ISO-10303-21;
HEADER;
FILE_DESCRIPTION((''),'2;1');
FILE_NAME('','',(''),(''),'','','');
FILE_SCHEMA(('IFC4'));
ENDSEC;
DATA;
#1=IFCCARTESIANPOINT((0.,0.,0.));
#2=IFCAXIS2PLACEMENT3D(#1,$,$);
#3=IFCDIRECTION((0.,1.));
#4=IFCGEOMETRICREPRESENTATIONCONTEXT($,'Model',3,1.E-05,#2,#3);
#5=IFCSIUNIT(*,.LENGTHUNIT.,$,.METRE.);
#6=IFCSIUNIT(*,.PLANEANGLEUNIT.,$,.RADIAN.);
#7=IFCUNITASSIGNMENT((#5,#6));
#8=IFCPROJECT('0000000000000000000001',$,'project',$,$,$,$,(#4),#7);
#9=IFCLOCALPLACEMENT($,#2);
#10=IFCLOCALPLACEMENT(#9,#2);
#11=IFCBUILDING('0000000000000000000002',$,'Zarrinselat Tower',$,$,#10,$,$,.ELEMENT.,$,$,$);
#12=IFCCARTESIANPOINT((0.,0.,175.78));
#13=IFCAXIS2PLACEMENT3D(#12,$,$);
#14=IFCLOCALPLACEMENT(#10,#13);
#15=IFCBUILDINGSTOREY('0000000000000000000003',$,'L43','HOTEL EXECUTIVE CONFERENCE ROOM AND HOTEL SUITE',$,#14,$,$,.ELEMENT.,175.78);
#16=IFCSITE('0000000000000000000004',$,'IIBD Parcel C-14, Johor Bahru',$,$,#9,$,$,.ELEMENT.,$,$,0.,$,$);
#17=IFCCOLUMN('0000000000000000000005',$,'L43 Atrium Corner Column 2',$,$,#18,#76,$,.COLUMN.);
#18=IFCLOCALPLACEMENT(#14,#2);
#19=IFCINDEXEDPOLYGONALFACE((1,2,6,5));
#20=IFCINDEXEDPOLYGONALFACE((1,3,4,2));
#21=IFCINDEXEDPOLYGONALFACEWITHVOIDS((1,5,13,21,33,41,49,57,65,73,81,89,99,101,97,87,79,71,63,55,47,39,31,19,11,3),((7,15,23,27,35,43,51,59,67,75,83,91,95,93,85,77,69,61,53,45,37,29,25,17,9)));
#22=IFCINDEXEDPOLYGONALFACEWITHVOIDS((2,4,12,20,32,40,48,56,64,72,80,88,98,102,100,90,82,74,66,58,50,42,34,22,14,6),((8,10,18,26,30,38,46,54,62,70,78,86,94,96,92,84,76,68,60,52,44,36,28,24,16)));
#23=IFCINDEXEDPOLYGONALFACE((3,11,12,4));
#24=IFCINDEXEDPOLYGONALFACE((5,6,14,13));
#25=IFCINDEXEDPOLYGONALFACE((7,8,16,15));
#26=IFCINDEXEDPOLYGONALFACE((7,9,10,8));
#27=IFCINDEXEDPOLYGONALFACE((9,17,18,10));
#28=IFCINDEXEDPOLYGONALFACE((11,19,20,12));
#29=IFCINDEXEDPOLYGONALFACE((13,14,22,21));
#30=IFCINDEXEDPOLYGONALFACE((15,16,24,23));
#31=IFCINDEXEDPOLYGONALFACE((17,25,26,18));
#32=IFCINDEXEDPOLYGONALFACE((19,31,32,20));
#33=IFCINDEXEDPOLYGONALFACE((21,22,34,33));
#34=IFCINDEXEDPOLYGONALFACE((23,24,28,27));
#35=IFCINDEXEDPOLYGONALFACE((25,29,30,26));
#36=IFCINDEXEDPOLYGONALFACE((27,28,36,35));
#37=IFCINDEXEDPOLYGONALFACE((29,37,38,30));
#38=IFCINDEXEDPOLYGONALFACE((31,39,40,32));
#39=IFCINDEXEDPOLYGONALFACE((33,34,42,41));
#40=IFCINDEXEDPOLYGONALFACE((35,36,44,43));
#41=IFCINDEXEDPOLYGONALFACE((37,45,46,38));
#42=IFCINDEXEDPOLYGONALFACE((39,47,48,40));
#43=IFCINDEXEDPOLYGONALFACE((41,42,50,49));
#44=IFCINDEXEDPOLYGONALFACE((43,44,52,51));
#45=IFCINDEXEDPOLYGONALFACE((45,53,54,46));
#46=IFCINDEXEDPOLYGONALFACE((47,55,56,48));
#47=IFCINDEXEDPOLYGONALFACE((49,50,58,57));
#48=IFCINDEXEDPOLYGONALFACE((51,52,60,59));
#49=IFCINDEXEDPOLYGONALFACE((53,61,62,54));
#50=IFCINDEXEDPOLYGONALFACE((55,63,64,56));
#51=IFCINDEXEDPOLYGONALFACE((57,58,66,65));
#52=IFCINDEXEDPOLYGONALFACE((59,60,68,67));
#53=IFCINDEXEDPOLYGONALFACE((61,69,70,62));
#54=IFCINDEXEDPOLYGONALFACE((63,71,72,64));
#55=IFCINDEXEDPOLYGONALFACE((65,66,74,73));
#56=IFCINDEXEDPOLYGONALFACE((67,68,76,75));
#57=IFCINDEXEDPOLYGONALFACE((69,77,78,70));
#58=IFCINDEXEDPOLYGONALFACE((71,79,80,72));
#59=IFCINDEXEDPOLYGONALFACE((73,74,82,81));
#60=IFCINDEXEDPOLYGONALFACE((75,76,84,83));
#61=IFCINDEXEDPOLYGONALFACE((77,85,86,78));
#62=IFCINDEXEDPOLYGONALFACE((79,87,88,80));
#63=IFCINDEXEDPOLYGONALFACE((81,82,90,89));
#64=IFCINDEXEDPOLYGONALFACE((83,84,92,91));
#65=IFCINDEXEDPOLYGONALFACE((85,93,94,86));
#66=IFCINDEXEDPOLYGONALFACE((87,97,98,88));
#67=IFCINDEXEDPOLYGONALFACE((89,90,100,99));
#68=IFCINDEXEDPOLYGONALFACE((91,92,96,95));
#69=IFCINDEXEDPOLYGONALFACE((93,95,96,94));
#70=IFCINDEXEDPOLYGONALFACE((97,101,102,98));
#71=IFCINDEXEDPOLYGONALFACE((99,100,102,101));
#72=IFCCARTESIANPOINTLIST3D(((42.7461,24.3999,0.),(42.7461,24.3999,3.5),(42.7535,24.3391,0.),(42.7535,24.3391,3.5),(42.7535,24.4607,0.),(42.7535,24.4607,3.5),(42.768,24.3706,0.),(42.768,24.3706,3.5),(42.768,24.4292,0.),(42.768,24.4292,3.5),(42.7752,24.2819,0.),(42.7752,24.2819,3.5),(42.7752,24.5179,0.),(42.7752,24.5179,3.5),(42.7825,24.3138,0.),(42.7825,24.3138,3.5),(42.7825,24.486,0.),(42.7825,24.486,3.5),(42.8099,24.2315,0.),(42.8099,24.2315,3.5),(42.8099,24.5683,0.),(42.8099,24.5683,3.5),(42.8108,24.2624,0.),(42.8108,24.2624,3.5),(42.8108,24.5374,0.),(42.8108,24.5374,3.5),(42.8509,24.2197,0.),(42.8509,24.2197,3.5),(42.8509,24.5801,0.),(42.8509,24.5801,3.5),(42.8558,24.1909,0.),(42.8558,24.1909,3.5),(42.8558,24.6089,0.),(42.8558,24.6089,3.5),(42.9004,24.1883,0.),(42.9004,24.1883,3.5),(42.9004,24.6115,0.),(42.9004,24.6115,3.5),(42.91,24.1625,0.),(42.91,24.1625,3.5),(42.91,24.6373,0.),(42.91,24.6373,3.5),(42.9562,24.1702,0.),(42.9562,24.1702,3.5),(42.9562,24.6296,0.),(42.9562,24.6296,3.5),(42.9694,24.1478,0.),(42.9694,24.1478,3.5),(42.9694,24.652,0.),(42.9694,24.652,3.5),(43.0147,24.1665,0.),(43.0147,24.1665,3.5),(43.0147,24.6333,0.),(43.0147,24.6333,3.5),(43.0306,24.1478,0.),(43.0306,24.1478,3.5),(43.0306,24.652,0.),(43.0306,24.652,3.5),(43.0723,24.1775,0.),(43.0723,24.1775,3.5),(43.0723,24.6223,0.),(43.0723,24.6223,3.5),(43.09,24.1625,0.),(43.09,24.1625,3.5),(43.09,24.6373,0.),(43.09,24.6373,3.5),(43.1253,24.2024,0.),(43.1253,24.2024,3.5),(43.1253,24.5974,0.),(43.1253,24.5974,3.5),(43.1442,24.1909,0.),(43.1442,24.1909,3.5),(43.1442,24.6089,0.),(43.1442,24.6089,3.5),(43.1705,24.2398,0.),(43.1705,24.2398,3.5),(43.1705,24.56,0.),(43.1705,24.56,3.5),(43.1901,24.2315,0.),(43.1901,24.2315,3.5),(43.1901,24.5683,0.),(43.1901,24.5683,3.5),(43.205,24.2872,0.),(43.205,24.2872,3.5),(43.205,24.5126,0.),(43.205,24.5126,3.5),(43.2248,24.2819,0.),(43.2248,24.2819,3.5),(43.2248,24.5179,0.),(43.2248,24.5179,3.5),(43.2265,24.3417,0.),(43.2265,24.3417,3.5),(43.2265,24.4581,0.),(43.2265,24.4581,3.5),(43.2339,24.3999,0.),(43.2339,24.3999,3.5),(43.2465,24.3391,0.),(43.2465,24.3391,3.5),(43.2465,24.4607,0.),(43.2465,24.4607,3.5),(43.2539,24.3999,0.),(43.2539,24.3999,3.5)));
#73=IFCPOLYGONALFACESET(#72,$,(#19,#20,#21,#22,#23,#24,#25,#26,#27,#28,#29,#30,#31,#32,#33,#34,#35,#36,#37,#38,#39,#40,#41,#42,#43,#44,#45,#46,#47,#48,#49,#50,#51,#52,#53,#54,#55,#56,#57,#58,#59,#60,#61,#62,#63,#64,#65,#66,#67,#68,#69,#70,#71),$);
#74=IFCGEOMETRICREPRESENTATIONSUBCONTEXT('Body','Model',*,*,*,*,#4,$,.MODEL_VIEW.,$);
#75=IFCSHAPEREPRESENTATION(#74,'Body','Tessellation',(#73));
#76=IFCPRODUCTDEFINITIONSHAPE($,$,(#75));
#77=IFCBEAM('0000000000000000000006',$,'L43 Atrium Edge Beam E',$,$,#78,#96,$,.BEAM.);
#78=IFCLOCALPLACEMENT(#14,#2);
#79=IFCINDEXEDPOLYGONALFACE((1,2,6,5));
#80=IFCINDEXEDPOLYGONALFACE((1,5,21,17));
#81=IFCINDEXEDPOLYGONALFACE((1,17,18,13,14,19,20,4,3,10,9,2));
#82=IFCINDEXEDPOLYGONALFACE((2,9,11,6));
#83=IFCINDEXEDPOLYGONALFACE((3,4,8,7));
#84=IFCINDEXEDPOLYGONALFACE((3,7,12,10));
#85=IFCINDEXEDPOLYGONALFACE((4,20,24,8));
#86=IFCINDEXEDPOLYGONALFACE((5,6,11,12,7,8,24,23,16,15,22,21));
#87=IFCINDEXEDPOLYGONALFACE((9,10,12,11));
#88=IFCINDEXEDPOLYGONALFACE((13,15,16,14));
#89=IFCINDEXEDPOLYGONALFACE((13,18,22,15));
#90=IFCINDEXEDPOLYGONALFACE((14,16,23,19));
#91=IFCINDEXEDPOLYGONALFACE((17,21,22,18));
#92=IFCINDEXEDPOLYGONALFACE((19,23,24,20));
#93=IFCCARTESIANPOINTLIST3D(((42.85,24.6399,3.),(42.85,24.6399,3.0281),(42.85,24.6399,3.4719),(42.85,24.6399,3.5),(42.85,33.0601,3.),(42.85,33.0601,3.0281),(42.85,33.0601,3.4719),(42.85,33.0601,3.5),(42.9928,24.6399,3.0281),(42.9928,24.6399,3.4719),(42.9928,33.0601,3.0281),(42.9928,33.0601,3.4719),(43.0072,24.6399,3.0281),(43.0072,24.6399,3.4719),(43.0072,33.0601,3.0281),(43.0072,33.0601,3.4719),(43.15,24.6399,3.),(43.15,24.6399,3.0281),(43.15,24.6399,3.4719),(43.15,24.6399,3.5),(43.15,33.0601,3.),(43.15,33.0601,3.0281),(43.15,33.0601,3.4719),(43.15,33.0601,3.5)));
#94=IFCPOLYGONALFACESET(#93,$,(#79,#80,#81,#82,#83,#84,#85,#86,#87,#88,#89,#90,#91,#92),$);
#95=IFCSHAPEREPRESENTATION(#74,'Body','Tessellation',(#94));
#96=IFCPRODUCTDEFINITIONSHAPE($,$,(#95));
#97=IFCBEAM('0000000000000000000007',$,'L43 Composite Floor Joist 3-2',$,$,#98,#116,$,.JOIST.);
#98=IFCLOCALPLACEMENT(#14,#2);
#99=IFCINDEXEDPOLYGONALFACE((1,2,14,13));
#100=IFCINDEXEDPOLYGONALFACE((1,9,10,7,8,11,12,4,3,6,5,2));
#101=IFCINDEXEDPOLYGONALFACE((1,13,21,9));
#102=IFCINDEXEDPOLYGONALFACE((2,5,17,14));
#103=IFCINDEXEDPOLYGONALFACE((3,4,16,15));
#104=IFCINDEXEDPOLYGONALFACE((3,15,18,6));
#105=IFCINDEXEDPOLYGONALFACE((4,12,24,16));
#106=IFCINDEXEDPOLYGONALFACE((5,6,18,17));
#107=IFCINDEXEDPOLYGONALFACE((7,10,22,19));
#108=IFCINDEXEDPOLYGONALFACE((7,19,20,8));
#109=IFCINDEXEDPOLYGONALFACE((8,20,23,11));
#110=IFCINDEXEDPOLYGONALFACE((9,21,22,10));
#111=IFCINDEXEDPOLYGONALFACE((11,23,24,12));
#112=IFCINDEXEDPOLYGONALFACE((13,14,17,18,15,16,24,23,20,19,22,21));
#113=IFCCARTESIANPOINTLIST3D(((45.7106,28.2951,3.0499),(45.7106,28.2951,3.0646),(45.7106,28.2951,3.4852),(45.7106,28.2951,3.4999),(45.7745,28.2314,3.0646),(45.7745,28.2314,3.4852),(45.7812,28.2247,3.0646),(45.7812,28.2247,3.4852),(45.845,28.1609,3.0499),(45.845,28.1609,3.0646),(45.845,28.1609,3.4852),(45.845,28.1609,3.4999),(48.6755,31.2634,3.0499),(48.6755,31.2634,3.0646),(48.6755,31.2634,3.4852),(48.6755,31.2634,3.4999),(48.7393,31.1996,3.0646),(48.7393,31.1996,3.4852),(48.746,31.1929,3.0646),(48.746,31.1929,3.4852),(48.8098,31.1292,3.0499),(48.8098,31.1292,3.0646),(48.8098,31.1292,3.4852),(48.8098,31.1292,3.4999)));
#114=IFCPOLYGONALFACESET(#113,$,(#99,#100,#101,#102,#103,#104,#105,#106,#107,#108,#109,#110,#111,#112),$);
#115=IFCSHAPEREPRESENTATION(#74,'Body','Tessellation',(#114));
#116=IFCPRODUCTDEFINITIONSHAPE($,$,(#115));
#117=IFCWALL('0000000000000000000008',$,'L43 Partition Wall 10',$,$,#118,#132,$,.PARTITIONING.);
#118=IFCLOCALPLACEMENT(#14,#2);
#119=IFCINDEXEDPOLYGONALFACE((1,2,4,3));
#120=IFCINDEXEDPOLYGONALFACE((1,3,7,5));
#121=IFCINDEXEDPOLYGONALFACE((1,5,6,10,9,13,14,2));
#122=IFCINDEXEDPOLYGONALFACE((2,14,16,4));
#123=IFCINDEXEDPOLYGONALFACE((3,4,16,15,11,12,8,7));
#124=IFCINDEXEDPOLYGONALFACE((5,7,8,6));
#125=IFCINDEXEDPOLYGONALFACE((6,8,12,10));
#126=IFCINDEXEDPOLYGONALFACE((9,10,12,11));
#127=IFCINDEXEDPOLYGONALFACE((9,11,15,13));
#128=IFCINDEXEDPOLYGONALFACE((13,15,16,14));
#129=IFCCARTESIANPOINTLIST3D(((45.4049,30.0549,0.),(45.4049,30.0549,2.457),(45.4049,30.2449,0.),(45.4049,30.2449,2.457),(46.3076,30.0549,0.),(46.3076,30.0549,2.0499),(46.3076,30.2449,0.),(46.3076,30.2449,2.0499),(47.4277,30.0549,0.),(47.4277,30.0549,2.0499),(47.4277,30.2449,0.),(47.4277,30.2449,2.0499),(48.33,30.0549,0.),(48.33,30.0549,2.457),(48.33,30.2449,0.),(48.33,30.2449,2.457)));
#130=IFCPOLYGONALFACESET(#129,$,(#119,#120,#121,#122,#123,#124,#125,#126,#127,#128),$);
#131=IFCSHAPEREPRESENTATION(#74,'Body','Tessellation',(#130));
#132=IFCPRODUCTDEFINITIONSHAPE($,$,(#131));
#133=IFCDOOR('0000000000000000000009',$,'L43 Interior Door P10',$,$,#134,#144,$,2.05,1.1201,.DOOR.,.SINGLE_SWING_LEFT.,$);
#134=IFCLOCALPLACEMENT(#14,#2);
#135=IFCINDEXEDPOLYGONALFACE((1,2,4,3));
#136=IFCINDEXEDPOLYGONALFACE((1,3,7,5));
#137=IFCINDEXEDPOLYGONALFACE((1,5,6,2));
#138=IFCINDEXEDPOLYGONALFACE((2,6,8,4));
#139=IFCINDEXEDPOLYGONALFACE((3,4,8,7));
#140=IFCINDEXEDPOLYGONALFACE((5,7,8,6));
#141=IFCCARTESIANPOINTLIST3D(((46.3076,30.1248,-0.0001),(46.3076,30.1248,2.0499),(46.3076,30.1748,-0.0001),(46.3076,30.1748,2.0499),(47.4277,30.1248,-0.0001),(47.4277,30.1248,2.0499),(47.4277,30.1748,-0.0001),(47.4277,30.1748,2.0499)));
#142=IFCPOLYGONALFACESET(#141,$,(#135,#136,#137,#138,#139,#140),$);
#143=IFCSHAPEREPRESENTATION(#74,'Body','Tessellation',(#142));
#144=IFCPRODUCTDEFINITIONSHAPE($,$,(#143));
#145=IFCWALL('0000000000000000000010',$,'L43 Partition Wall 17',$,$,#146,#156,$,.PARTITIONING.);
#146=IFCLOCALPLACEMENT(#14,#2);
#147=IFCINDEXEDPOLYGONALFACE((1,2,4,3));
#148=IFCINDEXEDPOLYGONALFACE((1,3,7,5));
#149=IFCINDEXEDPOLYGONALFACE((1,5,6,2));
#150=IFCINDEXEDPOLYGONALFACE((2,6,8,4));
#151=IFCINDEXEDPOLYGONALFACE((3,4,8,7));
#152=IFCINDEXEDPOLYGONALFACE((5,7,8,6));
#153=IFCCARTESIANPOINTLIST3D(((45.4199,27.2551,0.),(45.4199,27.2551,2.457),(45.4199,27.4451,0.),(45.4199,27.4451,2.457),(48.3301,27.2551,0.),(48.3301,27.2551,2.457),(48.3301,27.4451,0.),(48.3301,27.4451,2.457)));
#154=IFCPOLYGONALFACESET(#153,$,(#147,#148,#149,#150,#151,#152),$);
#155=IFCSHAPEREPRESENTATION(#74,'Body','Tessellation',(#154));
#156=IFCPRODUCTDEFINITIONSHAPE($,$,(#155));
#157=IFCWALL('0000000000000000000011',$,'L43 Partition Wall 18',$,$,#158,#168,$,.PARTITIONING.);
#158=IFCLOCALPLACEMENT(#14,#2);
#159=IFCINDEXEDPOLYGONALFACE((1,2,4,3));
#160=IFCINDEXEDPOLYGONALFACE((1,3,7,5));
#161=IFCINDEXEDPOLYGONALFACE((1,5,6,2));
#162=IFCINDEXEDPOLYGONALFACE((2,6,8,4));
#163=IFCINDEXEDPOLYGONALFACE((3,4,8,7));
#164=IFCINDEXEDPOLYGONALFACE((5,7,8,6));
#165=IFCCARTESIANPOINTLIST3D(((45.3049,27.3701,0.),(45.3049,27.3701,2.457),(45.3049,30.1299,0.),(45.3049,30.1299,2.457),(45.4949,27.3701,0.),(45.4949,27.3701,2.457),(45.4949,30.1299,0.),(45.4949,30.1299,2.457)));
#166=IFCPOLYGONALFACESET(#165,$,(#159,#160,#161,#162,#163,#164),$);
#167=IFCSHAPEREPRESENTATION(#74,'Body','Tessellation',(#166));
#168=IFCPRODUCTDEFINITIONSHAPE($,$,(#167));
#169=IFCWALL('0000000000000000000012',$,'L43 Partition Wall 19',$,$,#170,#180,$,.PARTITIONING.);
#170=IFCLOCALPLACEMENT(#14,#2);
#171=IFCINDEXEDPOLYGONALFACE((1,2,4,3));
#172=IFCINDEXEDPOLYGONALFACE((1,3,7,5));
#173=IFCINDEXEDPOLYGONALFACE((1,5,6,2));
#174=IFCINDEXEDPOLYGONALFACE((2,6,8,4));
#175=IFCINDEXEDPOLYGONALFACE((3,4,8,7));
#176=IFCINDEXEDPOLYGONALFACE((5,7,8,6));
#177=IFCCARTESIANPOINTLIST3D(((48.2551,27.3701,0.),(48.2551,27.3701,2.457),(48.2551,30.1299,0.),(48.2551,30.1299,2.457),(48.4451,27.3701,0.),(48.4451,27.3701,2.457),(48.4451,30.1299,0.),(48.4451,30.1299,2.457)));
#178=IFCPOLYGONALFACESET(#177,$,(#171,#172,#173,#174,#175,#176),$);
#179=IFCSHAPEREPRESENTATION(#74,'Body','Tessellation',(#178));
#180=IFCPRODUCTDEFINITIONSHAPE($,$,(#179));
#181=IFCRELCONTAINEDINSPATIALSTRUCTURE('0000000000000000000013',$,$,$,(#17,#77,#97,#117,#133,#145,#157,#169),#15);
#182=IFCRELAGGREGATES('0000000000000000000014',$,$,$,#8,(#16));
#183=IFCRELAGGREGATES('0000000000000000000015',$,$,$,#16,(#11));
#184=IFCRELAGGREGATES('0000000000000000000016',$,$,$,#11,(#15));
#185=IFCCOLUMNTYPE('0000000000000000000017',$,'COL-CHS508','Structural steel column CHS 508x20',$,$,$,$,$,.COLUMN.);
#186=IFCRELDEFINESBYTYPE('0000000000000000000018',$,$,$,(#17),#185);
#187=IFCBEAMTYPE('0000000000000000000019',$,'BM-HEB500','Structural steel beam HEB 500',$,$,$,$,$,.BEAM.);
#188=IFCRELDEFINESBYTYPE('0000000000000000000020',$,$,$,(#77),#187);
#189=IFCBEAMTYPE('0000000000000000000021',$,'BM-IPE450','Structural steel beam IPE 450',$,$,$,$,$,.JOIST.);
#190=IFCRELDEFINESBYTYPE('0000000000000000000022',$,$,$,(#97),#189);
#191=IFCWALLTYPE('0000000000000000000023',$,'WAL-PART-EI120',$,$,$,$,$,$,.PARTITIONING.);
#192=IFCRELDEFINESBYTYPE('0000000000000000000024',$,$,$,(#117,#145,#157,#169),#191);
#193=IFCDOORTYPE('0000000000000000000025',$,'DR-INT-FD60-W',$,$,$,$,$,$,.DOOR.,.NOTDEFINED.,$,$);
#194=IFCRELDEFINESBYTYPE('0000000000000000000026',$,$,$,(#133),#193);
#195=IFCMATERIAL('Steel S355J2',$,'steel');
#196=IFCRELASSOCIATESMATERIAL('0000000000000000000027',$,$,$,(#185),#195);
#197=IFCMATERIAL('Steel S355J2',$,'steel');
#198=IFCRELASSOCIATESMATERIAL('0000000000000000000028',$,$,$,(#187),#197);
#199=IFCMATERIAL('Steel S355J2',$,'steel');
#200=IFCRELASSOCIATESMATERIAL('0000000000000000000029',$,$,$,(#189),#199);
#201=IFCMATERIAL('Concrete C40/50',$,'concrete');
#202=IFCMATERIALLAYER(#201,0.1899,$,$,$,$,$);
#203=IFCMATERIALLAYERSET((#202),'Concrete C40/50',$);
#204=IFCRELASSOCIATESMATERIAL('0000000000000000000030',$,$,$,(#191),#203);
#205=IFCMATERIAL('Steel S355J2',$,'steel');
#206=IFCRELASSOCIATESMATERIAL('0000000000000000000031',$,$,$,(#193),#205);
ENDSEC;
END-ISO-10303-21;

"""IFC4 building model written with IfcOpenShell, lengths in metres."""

from ifc_helpers import new_model, si_unit, direction, frame, frame_2d, origin, origin_2d, place, context, subcontext, project, spatial, rectangle, hollow_circle, i_section, extrude, material, layer, layer_set, material_profile, profile_set, type_object, element, fill, save


model = new_model("IFC4")

# Units and contexts
model_context = context("Model", 3, precision=1e-05, world=origin(), true_north=direction((0.0, 1.0)))
body_context = subcontext(model_context, "Body", "Model", "MODEL_VIEW")
ifc_project = project(units=[si_unit("LENGTHUNIT", "METRE"), si_unit("PLANEANGLEUNIT", "RADIAN")], contexts=[model_context])

# Site, building, storey
site_placement = place(None, origin())
site = spatial("IfcSite", under=ifc_project, at=site_placement, Name="IIBD Parcel C-14, Johor Bahru", CompositionType="ELEMENT", RefElevation=0.0)
building_placement = place(site_placement, origin())
building = spatial("IfcBuilding", under=site, at=building_placement, Name="Zarrinselat Tower", CompositionType="ELEMENT")
storey_placement = place(building_placement, frame((0.0, 0.0, 175.78)))
storey = spatial("IfcBuildingStorey", under=building, at=storey_placement, Name="L43", Description="HOTEL EXECUTIVE CONFERENCE ROOM AND HOTEL SUITE", CompositionType="ELEMENT", Elevation=175.78)

# Column
ifc_material_1 = material(Name="Steel S355J2", Category="steel")
ifc_material_profile_1 = material_profile(ifc_material_1, hollow_circle(Radius=0.2539, WallThickness=0.02, at=origin_2d()), Name="CHS 508x20")
ifc_profile_set_1 = profile_set([ifc_material_profile_1], Name="Steel S355J2")
column_type = type_object("IfcColumnType", Name="COL-CHS508", Description="Structural steel column CHS 508x20", PredefinedType="COLUMN", material=ifc_profile_set_1)
column_placement = place(storey_placement, frame((43.0, 24.3999, 0.0), z_axis=(0.0, 0.0, 1.0), x_axis=(1.0, 0.0, 0.0)))
element("IfcColumn", 1, at=column_placement, inside=storey, type_object=column_type, Name="L43 Atrium Corner Column 2", PredefinedType="COLUMN", context=body_context, shape_type="SweptSolid", body=[
    extrude(hollow_circle(Radius=0.2539, WallThickness=0.02, at=origin_2d()), origin(), (0.0, 0.0, 1.0), 3.5),
])

# Beams
ifc_material_2 = material(Name="Steel S355J2", Category="steel")
ifc_material_profile_2 = material_profile(ifc_material_2, i_section(OverallWidth=0.3, OverallDepth=0.5, WebThickness=0.0144, FlangeThickness=0.0281, at=origin_2d()), Name="HEB 500")
ifc_profile_set_2 = profile_set([ifc_material_profile_2], Name="Steel S355J2")
beam_type_1 = type_object("IfcBeamType", Name="BM-HEB500", Description="Structural steel beam HEB 500", PredefinedType="BEAM", material=ifc_profile_set_2)
beam_1_placement = place(storey_placement, frame((43.0, 24.6399, 3.25), z_axis=(0.0, 1.0, 0.0), x_axis=(-1.0, 0.0, 0.0)))
element("IfcBeam", 2, at=beam_1_placement, inside=storey, type_object=beam_type_1, Name="L43 Atrium Edge Beam E", PredefinedType="BEAM", context=body_context, shape_type="SweptSolid", body=[
    extrude(i_section(OverallWidth=0.3, OverallDepth=0.5, WebThickness=0.0144, FlangeThickness=0.0281, at=origin_2d()), origin(), (0.0, 0.0, 1.0), 8.4202),
])
ifc_material_3 = material(Name="Steel S355J2", Category="steel")
ifc_material_profile_3 = material_profile(ifc_material_3, i_section(OverallWidth=0.1899, OverallDepth=0.45, WebThickness=0.0095, FlangeThickness=0.0146, at=origin_2d()), Name="IPE 450")
ifc_profile_set_3 = profile_set([ifc_material_profile_3], Name="Steel S355J2")
beam_type_2 = type_object("IfcBeamType", Name="BM-IPE450", Description="Structural steel beam IPE 450", PredefinedType="JOIST", material=ifc_profile_set_3)
beam_2_placement = place(storey_placement, frame((45.7778, 28.228, 3.2749), z_axis=(0.706699, 0.707514, 0.0), x_axis=(-0.707514, 0.706699, 0.0)))
element("IfcBeam", 3, at=beam_2_placement, inside=storey, type_object=beam_type_2, Name="L43 Composite Floor Joist 3-2", PredefinedType="JOIST", context=body_context, shape_type="SweptSolid", body=[
    extrude(i_section(OverallWidth=0.1899, OverallDepth=0.45, WebThickness=0.0095, FlangeThickness=0.0146, at=origin_2d()), origin(), (0.0, 0.0, 1.0), 4.1953),
])

# Wall, opening, door
ifc_material_4 = material(Name="Concrete C40/50", Category="concrete")
ifc_layer_1 = layer(ifc_material_4, 0.1899)
ifc_layer_set_1 = layer_set([ifc_layer_1], Name="Concrete C40/50")
wall_type_1 = type_object("IfcWallType", Name="WAL-PART-EI120", PredefinedType="PARTITIONING", material=ifc_layer_set_1)
wall_1_placement = place(storey_placement, frame((45.405, 30.1499, 0.0), z_axis=(0.0, 0.0, 1.0), x_axis=(1.0, 0.0, 0.0)))
wall_1 = element("IfcWall", 4, at=wall_1_placement, inside=storey, type_object=wall_type_1, Name="L43 Partition Wall 10", PredefinedType="PARTITIONING", context=body_context, shape_type="SweptSolid", body=[
    extrude(rectangle(XDim=2.925, YDim=0.1899, at=frame_2d((1.4624, 0.0))), origin(), (0.0, 0.0, 1.0), 2.457),
])
opening_1_placement = place(wall_1_placement, frame((0.9026, 0.0, 0.0)))
opening_1 = element("IfcOpeningElement", 5, at=opening_1_placement, cuts=wall_1, PredefinedType="OPENING", context=body_context, shape_type="SweptSolid", body=[
    extrude(rectangle(XDim=1.1201, YDim=2.05, at=frame_2d((0.5601, 1.0249))), frame((0.0, 0.105, 0.0), z_axis=(0.0, -1.0, 0.0), x_axis=(1.0, 0.0, 0.0)), (0.0, 0.0, 1.0), 0.21),
])
ifc_material_5 = material(Name="Steel S355J2", Category="steel")
door_type_1 = type_object("IfcDoorType", Name="DR-INT-FD60-W", OperationType="NOTDEFINED", PredefinedType="DOOR", material=ifc_material_5)
door_1_placement = place(opening_1_placement, origin())
door_1 = element("IfcDoor", 6, at=door_1_placement, inside=storey, type_object=door_type_1, Name="L43 Interior Door P10", OperationType="SINGLE_SWING_LEFT", OverallHeight=2.05, OverallWidth=1.1201, PredefinedType="DOOR", context=body_context, shape_type="SweptSolid", body=[
    extrude(rectangle(XDim=1.1201, YDim=2.05, at=frame_2d((0.5601, 1.0249))), frame((0.0, 0.0249, 0.0), z_axis=(0.0, -1.0, 0.0), x_axis=(1.0, 0.0, 0.0)), (0.0, 0.0, 1.0), 0.05),
])
fill(opening_1, door_1)

# Walls
wall_2_placement = place(storey_placement, frame((45.4199, 27.3501, 0.0), z_axis=(0.0, 0.0, 1.0), x_axis=(1.0, 0.0, 0.0)))
element("IfcWall", 7, at=wall_2_placement, inside=storey, type_object=wall_type_1, Name="L43 Partition Wall 17", PredefinedType="PARTITIONING", context=body_context, shape_type="SweptSolid", body=[
    extrude(rectangle(XDim=2.9102, YDim=0.1899, at=frame_2d((1.4551, 0.0))), origin(), (0.0, 0.0, 1.0), 2.457),
])
for number, where, z_axis, x_axis, name in (
    (8, (45.3999, 27.3701, 0.0), (0.0, 0.0, 1.0), (0.0, 1.0, 0.0), "L43 Partition Wall 18"),
    (9, (48.3501, 27.3701, 0.0), (0.0, 0.0, 1.0), (0.0, 1.0, 0.0), "L43 Partition Wall 19"),
):
    element("IfcWall", number, at=place(storey_placement, frame(where, z_axis=z_axis, x_axis=x_axis)), inside=storey, type_object=wall_type_1, Name=name, PredefinedType="PARTITIONING", context=body_context, shape_type="SweptSolid", body=[
        extrude(rectangle(XDim=2.7598, YDim=0.1899, at=frame_2d((1.3799, 0.0))), origin(), (0.0, 0.0, 1.0), 2.457),
    ])

save(model, "model.ifc")
